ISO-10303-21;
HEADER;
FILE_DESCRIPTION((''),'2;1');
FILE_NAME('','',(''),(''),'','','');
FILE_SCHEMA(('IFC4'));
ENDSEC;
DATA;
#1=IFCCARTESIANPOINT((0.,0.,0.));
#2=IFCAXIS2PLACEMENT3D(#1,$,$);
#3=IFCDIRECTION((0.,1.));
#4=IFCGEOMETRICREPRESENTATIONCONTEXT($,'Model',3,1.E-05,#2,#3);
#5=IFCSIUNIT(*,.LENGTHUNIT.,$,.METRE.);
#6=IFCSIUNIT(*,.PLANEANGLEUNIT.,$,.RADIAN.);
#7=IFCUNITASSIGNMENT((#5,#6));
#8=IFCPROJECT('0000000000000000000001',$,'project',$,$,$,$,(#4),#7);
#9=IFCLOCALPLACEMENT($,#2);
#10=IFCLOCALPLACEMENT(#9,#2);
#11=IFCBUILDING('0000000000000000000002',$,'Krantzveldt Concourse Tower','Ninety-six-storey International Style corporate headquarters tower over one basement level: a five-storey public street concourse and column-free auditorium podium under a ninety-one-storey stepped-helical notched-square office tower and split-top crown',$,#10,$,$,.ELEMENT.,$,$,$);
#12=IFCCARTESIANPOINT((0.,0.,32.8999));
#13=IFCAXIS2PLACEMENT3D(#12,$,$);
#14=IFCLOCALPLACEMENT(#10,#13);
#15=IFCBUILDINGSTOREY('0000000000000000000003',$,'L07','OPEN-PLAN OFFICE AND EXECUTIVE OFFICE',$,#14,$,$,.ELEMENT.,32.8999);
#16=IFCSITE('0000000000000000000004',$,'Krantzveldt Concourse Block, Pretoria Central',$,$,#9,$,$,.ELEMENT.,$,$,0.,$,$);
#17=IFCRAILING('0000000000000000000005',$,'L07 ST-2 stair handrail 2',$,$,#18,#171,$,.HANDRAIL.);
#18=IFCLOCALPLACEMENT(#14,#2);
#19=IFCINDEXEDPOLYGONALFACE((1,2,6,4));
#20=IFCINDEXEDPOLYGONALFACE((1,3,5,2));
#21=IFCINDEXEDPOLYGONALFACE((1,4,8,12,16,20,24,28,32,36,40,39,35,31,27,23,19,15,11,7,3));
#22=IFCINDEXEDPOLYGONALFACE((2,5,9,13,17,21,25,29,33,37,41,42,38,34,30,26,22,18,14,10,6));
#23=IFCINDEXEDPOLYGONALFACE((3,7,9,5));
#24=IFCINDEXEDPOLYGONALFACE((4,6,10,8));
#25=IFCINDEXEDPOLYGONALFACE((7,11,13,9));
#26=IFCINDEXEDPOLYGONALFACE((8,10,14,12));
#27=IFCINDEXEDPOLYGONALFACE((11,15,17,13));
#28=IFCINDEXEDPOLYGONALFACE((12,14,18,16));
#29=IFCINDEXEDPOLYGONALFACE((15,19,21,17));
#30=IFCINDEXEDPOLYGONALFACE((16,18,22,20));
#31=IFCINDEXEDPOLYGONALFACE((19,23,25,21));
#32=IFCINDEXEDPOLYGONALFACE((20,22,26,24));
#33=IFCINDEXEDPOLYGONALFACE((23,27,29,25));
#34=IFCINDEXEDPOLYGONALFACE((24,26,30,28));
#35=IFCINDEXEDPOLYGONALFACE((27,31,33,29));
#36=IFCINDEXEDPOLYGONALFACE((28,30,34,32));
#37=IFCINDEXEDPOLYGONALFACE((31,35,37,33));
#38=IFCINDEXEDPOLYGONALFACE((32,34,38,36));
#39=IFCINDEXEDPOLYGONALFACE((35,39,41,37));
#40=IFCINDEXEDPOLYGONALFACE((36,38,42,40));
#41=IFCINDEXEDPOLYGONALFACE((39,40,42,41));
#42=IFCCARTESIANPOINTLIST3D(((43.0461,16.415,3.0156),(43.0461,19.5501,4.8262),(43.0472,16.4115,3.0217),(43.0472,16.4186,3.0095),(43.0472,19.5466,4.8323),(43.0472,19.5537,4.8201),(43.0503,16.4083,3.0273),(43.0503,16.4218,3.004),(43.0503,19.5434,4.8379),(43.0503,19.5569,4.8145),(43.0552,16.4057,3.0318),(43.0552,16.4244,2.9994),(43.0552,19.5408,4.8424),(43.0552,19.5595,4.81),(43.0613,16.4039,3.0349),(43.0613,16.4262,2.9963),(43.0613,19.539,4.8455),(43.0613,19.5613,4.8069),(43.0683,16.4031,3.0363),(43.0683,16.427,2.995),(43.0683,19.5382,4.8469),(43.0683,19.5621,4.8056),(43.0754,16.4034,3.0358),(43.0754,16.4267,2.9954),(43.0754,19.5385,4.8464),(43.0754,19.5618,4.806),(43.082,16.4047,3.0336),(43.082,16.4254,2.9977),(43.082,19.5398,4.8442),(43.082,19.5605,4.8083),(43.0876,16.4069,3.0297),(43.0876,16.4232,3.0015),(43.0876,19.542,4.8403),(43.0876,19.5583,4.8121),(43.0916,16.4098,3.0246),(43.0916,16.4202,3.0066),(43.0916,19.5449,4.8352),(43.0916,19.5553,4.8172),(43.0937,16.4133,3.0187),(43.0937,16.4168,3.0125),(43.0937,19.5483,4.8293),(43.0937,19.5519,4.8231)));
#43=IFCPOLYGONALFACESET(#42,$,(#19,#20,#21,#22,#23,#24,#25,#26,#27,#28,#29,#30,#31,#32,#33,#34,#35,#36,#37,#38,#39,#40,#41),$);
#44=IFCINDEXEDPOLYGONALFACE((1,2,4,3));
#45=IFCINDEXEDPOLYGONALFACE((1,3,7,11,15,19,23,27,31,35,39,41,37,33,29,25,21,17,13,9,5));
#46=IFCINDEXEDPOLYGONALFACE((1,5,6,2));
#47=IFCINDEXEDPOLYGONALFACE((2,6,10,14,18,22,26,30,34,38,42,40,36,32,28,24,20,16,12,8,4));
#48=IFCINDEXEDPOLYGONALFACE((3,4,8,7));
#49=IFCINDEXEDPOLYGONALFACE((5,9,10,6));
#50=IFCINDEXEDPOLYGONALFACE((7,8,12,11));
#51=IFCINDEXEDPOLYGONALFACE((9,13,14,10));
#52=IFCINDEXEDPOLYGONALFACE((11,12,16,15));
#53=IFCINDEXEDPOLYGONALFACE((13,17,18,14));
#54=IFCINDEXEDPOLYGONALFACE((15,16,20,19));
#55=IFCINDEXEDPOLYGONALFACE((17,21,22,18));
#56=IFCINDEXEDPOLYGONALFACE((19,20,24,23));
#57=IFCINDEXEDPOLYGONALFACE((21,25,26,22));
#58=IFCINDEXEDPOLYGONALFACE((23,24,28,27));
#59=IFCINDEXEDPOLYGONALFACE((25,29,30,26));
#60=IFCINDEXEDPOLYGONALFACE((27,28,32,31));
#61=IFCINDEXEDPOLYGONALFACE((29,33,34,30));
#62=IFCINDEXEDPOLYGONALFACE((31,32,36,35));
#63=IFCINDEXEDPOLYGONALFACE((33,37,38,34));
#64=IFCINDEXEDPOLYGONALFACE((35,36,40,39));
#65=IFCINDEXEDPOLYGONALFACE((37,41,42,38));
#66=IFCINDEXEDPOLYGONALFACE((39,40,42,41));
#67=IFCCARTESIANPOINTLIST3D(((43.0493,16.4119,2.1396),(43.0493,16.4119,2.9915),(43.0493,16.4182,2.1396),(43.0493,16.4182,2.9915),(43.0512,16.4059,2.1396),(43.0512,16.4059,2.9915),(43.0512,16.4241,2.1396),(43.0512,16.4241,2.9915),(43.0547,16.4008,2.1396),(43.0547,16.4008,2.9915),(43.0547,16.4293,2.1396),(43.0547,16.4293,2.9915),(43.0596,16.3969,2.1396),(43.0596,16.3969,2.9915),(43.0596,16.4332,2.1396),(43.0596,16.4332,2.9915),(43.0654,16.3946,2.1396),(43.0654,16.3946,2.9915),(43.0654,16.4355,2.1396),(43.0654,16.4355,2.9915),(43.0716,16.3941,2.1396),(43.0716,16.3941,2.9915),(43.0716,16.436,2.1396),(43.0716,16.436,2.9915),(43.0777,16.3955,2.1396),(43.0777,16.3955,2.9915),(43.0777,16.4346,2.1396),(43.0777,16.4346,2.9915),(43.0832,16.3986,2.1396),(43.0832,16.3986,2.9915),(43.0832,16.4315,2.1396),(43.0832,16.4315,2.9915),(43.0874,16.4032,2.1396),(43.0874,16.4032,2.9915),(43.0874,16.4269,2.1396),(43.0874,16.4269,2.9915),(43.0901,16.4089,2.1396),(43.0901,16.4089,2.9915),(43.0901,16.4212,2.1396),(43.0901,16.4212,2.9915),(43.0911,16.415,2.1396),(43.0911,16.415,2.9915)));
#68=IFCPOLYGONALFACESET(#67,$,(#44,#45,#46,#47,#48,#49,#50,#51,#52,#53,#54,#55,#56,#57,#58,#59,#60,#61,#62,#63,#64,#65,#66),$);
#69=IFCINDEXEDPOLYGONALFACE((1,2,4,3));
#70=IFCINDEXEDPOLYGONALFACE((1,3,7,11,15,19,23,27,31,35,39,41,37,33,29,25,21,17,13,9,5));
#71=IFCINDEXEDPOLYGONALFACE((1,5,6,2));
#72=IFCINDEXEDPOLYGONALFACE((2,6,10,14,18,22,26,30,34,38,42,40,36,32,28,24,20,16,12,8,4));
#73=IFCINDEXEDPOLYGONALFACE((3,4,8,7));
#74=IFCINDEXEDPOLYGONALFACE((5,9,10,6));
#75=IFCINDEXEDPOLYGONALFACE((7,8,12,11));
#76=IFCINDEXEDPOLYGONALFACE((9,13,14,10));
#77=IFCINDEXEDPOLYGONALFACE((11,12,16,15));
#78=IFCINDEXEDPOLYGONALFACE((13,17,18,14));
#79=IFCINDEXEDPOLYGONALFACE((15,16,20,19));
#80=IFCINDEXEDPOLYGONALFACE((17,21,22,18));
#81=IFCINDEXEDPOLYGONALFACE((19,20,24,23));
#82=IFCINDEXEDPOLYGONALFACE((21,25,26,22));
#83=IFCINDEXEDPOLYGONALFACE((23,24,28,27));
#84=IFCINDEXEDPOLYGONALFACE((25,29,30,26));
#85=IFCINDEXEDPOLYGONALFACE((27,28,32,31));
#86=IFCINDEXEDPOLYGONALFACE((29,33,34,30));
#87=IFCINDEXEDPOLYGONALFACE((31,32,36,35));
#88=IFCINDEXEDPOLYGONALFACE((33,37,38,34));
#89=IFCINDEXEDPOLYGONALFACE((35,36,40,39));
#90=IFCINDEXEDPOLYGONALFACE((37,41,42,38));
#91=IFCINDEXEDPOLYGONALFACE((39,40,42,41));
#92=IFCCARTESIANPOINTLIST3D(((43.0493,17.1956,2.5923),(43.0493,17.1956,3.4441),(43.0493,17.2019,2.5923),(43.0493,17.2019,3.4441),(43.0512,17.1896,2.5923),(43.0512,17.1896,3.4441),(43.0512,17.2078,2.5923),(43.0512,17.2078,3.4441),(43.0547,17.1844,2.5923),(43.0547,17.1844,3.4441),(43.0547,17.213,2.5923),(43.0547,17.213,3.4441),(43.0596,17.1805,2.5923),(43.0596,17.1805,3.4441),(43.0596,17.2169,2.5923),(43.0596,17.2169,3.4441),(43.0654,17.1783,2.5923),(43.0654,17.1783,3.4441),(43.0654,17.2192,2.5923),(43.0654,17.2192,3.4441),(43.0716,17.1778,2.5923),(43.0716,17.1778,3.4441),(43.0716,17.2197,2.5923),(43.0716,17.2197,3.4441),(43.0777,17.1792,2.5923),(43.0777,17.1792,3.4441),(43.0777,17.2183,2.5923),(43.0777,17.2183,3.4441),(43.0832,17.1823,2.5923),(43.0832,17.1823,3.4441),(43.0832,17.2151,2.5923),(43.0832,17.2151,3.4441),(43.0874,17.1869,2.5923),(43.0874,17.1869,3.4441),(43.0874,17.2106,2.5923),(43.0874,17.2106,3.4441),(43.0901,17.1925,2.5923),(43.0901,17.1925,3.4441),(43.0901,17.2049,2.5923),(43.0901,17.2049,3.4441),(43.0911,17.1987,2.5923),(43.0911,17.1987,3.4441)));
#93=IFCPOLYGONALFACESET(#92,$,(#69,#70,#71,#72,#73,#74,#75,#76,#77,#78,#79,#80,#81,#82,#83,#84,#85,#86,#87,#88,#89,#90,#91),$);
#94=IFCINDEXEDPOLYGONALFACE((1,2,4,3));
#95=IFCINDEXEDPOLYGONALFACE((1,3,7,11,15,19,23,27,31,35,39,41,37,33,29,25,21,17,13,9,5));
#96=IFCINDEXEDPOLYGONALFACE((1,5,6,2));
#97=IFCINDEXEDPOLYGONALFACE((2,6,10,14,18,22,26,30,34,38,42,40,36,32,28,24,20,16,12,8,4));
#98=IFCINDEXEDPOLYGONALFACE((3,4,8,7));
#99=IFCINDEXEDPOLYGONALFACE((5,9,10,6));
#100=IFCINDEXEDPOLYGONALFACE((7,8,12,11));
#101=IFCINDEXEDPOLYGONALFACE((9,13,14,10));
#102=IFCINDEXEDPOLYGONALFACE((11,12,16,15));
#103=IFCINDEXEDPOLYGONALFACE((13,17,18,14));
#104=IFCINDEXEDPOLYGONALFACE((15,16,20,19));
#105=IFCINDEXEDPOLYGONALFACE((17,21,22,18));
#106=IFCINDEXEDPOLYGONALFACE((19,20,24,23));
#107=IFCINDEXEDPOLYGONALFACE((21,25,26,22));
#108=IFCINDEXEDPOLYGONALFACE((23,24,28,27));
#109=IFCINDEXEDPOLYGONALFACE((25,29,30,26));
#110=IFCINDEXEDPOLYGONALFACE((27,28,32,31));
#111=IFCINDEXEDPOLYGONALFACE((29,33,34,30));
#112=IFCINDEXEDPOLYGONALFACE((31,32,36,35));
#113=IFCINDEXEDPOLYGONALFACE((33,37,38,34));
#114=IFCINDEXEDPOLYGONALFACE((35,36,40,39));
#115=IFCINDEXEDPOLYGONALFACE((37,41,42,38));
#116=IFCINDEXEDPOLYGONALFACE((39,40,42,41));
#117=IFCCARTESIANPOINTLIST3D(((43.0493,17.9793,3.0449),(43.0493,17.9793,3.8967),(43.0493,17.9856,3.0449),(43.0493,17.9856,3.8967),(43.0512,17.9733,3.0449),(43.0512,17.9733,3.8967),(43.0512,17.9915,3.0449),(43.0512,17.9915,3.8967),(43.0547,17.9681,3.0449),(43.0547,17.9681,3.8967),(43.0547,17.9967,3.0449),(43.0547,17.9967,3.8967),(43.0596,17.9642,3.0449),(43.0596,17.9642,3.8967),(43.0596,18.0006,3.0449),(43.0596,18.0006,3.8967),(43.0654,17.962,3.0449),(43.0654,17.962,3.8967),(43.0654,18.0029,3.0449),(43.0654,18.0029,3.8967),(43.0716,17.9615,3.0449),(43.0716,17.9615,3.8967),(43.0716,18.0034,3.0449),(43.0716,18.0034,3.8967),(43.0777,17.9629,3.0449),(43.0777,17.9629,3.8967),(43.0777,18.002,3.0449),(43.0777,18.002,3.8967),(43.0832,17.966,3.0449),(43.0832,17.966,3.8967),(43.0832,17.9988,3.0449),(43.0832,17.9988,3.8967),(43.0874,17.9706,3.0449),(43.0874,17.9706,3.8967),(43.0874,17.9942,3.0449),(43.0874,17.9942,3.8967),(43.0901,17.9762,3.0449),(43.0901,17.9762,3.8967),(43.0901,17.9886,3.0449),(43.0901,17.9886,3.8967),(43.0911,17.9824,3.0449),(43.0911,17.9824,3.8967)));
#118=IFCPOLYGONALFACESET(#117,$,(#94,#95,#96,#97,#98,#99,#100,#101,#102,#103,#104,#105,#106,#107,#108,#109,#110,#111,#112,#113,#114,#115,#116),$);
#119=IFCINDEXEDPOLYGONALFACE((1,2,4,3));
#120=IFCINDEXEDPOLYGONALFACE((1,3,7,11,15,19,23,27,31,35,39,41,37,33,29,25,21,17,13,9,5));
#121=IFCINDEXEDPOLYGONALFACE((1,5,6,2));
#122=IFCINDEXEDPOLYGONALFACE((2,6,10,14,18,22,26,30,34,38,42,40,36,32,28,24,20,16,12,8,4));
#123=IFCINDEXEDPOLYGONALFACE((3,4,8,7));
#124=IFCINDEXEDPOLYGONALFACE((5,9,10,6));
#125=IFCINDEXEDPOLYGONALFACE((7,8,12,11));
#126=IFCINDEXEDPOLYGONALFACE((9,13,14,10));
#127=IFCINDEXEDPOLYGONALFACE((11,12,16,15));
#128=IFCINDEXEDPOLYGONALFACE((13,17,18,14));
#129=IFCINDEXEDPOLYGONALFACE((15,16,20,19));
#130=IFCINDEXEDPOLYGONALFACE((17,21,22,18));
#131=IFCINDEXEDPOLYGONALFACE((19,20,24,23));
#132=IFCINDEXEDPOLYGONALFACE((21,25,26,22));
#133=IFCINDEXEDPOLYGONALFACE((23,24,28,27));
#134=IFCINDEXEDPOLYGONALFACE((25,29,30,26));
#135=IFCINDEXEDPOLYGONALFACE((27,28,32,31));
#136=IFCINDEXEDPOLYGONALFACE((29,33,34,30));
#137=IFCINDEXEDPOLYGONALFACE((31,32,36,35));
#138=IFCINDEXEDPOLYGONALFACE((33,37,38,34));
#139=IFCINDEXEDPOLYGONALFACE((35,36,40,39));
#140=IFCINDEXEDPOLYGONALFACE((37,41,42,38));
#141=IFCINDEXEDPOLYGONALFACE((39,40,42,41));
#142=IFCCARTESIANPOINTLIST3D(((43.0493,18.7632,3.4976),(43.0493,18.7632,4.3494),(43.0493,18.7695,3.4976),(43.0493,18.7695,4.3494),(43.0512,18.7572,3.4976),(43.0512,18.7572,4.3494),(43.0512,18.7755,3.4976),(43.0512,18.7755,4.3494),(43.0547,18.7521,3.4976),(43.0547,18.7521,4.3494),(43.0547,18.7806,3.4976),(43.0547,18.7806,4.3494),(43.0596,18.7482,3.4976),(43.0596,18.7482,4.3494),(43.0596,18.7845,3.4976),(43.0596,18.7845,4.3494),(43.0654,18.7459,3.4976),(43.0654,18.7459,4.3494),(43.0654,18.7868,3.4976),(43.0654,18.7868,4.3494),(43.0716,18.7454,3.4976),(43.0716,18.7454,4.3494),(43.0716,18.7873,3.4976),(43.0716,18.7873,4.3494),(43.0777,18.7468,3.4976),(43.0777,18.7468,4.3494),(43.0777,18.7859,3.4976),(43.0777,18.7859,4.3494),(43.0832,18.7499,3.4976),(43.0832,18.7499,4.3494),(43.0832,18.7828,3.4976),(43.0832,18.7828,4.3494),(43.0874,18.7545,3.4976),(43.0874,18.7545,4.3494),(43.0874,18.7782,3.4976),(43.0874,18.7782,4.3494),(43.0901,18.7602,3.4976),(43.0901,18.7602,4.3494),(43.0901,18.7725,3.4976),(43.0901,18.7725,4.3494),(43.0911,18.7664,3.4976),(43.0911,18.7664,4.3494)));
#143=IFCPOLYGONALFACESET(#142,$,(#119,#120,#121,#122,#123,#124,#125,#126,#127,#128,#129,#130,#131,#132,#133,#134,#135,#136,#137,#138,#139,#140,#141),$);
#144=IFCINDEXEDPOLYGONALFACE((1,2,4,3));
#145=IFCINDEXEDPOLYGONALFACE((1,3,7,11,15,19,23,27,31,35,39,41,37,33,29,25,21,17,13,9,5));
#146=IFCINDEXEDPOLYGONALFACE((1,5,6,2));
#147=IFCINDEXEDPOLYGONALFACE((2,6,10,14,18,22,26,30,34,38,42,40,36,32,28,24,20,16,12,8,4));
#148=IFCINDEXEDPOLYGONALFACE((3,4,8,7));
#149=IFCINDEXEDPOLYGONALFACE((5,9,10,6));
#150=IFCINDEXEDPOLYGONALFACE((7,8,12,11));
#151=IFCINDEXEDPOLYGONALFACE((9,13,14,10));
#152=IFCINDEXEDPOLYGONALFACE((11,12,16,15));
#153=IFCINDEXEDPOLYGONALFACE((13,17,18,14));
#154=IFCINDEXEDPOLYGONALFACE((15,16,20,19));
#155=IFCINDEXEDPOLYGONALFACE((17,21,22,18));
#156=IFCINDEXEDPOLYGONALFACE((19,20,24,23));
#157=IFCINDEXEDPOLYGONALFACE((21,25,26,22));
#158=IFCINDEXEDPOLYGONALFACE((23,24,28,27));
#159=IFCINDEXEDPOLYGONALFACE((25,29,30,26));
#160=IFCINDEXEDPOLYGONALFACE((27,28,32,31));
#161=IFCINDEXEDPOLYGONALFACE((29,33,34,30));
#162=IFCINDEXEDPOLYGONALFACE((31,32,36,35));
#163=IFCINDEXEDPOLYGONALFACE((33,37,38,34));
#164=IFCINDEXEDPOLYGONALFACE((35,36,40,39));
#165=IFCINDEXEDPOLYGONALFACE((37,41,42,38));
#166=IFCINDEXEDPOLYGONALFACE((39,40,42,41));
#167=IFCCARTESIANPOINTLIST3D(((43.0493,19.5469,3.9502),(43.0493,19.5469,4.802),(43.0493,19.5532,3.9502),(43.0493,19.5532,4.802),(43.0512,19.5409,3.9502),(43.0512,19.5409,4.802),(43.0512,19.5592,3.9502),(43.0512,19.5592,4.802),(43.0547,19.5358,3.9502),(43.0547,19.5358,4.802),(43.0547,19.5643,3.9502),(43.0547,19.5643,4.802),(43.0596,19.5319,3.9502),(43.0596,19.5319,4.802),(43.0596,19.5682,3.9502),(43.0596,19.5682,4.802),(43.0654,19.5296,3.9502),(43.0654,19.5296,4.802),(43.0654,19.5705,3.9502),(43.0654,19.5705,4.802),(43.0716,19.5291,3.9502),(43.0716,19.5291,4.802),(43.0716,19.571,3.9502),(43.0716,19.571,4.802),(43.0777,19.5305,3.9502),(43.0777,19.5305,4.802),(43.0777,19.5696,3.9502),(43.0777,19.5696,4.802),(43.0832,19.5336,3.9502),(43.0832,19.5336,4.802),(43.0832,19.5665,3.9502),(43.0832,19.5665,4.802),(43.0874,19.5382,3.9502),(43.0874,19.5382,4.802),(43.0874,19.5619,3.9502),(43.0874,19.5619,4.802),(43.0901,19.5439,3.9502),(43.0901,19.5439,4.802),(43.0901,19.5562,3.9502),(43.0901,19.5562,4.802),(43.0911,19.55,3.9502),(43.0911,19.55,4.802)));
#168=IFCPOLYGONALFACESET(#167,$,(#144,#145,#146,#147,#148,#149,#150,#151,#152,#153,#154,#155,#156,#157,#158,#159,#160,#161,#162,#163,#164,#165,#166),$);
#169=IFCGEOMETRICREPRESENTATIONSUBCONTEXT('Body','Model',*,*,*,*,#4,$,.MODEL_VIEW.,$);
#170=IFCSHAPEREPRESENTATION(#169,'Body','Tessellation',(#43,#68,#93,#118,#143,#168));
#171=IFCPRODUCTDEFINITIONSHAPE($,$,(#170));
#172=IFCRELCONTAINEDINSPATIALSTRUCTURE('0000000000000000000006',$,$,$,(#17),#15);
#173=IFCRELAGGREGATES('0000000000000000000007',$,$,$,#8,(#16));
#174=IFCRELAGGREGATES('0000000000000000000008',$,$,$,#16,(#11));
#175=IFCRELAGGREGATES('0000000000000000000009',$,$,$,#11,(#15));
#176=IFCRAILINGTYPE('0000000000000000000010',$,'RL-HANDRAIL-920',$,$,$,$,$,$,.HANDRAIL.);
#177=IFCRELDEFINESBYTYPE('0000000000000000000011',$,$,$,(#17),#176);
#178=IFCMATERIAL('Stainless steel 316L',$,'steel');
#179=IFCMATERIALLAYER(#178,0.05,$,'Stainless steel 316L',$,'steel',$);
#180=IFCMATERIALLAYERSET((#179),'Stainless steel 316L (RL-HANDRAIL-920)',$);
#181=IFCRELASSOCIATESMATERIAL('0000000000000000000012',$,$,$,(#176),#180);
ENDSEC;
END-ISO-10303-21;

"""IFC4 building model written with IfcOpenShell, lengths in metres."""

from ifc_helpers import new_model, si_unit, direction, frame, origin, origin_2d, place, context, subcontext, project, spatial, circle, extrude, material, layer, layer_set, type_object, element, save


model = new_model("IFC4")

# Units and contexts
model_context = context("Model", 3, precision=1e-05, world=origin(), true_north=direction((0.0, 1.0)))
body_context = subcontext(model_context, "Body", "Model", "MODEL_VIEW")
ifc_project = project(units=[si_unit("LENGTHUNIT", "METRE"), si_unit("PLANEANGLEUNIT", "RADIAN")], contexts=[model_context])

# Site, building, storey
site_placement = place(None, origin())
site = spatial("IfcSite", under=ifc_project, at=site_placement, Name="Krantzveldt Concourse Block, Pretoria Central", CompositionType="ELEMENT", RefElevation=0.0)
building_placement = place(site_placement, origin())
building = spatial("IfcBuilding", under=site, at=building_placement, Name="Krantzveldt Concourse Tower", Description="Ninety-six-storey International Style corporate headquarters tower over one basement level: a five-storey public street concourse and column-free auditorium podium under a ninety-one-storey stepped-helical notched-square office tower and split-top crown", CompositionType="ELEMENT")
storey_placement = place(building_placement, frame((0.0, 0.0, 32.8999)))
storey = spatial("IfcBuildingStorey", under=building, at=storey_placement, Name="L07", Description="OPEN-PLAN OFFICE AND EXECUTIVE OFFICE", CompositionType="ELEMENT", Elevation=32.8999)

# Railing
ifc_material_1 = material(Name="Stainless steel 316L", Category="steel")
ifc_layer_1 = layer(ifc_material_1, 0.05, Name="Stainless steel 316L", Category="steel")
ifc_layer_set_1 = layer_set([ifc_layer_1], Name="Stainless steel 316L (RL-HANDRAIL-920)")
railing_type_1 = type_object("IfcRailingType", Name="RL-HANDRAIL-920", PredefinedType="HANDRAIL", material=ifc_layer_set_1)
railing_1_placement = place(storey_placement, frame((43.0701, 16.415, 2.1396)))
element("IfcRailing", 1, at=railing_1_placement, inside=storey, type_object=railing_type_1, Name="L07 ST-2 stair handrail 2", PredefinedType="HANDRAIL", context=body_context, shape_type="SweptSolid", body=[
    extrude(circle(Radius=0.0239, at=origin_2d()), frame((0.0, 0.0, 0.876), z_axis=(0.0, 0.86596, 0.500114), x_axis=(-1.0, 0.0, 0.0)), (0.0, 0.0, 1.0), 3.6204),
    extrude(circle(Radius=0.021, at=origin_2d()), origin(), (0.0, 0.0, 1.0), 0.8518),
    extrude(circle(Radius=0.021, at=origin_2d()), frame((0.0, 0.7837, 0.4526)), (0.0, 0.0, 1.0), 0.8518),
    extrude(circle(Radius=0.021, at=origin_2d()), frame((0.0, 1.5674, 0.9053)), (0.0, 0.0, 1.0), 0.8518),
    extrude(circle(Radius=0.021, at=origin_2d()), frame((0.0, 2.3513, 1.3579)), (0.0, 0.0, 1.0), 0.8518),
    extrude(circle(Radius=0.021, at=origin_2d()), frame((0.0, 3.135, 1.8105)), (0.0, 0.0, 1.0), 0.8518),
])

save(model, "model.ifc")
